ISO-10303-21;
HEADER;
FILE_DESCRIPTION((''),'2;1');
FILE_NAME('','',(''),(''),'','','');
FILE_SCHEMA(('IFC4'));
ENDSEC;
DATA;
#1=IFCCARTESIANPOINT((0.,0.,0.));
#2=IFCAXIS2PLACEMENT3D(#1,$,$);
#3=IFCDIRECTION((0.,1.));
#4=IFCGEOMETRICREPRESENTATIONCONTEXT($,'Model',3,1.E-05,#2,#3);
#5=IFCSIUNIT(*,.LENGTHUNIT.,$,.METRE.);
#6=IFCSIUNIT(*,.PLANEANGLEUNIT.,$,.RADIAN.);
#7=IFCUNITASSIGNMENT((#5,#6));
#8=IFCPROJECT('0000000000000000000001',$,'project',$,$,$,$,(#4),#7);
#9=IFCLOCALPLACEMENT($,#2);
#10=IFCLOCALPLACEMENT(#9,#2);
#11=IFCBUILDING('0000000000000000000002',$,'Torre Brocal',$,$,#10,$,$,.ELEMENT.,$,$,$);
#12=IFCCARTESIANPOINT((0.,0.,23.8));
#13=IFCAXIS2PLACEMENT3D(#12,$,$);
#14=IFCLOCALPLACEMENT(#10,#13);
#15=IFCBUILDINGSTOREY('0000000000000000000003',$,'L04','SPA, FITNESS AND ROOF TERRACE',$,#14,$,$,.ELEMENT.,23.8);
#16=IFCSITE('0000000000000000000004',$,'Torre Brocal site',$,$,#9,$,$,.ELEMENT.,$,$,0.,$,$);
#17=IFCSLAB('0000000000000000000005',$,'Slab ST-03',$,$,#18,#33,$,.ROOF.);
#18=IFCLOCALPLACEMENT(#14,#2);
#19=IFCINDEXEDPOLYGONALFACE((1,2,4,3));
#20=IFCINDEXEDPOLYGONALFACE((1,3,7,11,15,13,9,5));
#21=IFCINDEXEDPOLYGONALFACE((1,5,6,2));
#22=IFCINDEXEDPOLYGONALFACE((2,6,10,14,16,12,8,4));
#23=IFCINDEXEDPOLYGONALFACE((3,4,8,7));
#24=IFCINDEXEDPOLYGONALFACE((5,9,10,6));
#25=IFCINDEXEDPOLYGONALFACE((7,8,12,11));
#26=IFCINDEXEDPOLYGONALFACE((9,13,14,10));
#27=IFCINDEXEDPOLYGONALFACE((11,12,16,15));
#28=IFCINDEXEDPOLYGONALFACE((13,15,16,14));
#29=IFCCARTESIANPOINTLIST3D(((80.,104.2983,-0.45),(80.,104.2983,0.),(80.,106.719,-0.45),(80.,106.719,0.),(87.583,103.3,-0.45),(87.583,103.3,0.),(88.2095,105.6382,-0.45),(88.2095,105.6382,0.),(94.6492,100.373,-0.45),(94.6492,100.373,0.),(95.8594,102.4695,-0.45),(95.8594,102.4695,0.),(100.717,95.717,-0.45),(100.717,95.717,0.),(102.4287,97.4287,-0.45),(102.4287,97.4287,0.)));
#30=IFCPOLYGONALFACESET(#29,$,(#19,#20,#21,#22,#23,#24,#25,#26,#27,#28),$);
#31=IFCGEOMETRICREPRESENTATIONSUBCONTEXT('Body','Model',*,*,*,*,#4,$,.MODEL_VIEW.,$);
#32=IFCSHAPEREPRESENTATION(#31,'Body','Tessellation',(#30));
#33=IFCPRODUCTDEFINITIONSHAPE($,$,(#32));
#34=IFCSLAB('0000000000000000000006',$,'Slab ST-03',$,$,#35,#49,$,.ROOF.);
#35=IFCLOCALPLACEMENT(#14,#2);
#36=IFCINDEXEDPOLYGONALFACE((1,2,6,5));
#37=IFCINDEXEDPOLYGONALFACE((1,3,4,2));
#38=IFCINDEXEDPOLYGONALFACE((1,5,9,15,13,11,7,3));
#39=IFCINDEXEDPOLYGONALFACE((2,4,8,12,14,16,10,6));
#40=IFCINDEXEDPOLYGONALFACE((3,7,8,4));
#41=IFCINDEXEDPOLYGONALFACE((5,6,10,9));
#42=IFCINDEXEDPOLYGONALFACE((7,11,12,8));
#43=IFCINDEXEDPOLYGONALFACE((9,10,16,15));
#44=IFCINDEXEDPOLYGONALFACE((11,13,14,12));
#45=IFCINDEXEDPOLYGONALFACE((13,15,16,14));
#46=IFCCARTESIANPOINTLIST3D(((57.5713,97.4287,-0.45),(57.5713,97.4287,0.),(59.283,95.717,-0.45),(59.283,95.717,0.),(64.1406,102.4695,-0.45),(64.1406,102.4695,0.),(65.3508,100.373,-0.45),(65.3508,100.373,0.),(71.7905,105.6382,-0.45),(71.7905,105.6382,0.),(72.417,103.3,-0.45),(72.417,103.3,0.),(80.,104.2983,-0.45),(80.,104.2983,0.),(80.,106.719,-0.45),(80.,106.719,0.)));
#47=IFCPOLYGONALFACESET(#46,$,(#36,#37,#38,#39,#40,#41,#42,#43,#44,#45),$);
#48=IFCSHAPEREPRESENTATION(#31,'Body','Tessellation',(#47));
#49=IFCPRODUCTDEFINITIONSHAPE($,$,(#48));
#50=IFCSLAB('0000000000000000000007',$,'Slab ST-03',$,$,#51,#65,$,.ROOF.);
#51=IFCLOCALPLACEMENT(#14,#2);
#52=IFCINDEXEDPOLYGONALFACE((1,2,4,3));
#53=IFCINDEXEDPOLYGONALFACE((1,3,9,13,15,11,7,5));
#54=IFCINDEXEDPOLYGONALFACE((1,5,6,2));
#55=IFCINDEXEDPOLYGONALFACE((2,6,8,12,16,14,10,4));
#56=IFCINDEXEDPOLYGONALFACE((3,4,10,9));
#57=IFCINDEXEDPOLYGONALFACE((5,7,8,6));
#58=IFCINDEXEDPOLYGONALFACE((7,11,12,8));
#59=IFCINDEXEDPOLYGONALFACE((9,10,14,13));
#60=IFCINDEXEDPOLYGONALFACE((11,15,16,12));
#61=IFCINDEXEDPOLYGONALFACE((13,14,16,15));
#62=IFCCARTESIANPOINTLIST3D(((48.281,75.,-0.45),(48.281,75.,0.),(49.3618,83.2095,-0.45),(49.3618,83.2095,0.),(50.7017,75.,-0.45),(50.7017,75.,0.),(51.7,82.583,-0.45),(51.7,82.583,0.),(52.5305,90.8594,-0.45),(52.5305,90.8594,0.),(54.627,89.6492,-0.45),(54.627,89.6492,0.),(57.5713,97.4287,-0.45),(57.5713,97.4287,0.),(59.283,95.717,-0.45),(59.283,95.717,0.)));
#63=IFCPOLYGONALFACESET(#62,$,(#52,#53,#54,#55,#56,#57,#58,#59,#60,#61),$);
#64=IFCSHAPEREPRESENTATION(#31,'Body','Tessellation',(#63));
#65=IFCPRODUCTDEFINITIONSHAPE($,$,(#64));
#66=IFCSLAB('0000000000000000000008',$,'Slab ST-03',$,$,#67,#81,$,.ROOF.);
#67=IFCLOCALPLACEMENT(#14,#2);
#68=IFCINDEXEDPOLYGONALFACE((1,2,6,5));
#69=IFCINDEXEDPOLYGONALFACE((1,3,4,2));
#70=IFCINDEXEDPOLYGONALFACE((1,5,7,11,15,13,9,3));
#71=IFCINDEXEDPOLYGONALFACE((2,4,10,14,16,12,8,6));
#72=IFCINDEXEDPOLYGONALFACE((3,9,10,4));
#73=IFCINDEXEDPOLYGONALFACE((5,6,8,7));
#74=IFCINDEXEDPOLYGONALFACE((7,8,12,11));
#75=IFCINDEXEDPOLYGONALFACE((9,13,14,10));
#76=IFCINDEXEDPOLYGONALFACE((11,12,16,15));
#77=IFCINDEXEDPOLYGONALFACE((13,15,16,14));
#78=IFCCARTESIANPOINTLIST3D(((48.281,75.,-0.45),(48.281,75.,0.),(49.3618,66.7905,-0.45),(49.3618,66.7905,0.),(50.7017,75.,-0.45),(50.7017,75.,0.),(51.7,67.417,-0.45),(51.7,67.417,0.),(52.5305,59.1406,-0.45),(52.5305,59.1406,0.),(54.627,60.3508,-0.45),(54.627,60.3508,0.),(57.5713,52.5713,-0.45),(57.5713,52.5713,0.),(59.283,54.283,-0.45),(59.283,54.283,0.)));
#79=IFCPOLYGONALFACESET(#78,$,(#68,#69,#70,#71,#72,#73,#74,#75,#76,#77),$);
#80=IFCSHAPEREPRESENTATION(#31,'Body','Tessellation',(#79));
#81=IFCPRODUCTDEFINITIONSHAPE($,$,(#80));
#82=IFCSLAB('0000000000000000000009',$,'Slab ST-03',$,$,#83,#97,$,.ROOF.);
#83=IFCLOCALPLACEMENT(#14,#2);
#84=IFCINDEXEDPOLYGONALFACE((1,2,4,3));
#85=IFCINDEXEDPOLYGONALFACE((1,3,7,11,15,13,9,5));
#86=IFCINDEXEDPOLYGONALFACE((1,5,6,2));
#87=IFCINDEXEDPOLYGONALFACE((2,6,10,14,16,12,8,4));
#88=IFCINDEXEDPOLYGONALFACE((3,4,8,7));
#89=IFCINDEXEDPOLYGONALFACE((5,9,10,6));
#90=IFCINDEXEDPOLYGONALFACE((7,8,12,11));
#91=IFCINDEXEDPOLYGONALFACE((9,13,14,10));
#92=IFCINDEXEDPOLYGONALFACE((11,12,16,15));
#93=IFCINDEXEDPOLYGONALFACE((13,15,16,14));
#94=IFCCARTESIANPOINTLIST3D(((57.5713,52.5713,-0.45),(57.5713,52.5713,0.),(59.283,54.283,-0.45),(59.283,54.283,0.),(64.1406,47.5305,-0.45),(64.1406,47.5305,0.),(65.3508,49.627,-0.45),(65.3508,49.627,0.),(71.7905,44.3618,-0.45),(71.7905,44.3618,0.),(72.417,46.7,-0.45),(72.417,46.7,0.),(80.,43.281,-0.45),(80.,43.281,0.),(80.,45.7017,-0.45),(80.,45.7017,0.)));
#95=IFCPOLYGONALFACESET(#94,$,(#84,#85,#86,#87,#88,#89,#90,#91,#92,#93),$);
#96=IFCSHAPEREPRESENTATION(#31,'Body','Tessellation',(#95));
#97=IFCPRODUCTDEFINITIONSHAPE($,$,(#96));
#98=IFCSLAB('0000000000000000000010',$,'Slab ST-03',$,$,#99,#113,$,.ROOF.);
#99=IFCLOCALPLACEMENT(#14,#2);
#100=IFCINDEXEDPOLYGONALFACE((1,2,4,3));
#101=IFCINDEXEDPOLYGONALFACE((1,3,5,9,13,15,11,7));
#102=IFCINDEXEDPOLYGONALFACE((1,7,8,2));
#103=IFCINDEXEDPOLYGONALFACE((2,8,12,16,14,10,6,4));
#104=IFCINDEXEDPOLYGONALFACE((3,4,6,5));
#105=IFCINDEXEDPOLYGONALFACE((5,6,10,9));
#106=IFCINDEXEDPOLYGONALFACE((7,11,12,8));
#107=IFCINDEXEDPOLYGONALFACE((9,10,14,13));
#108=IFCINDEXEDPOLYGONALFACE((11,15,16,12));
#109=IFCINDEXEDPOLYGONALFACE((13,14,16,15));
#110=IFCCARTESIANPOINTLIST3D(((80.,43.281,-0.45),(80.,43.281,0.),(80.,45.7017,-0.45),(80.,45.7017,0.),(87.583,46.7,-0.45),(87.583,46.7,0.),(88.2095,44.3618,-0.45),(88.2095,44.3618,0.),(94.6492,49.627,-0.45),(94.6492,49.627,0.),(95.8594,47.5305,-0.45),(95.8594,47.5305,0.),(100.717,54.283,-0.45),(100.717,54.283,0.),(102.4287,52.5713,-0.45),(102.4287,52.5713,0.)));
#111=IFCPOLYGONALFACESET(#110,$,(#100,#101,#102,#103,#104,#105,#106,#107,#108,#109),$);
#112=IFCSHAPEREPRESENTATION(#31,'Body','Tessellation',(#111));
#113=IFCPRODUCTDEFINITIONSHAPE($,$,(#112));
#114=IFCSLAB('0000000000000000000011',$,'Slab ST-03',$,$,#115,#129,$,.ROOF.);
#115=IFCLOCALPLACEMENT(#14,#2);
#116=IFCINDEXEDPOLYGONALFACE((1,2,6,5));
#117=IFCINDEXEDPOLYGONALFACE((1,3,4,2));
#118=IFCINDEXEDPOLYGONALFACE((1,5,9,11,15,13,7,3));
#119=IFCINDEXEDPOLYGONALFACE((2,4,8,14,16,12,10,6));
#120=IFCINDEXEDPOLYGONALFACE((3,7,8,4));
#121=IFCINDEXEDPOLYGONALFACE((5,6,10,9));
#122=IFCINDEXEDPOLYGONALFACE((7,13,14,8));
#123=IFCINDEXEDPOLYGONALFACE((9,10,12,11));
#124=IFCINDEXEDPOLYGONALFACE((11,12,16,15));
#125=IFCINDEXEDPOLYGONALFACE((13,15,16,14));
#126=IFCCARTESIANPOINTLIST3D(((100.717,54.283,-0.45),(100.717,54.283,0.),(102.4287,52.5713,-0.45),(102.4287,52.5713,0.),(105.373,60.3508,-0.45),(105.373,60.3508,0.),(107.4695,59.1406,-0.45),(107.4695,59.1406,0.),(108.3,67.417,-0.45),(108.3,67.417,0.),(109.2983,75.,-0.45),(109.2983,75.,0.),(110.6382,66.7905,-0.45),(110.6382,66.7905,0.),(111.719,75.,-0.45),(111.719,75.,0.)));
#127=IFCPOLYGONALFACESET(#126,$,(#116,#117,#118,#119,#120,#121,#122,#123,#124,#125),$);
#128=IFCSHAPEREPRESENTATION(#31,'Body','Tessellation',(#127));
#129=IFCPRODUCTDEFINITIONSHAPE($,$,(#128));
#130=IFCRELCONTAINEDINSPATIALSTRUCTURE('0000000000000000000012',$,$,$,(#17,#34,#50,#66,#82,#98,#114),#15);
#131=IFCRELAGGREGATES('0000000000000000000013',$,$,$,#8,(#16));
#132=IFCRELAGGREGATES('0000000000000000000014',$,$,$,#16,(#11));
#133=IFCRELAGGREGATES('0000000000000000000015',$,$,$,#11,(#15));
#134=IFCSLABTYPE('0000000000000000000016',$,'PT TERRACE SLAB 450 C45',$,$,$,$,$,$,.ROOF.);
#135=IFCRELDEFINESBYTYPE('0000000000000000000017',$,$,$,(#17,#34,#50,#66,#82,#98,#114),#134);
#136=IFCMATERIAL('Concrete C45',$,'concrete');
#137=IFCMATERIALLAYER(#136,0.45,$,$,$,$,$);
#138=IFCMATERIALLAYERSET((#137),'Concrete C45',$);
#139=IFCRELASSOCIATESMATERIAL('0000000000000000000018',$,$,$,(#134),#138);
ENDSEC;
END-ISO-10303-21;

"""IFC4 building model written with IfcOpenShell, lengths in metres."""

from ifc_helpers import new_model, si_unit, direction, frame, origin, place, context, subcontext, project, spatial, polyline, outline, extrude, material, layer, layer_set, type_object, element, save


model = new_model("IFC4")

# Units and contexts
model_context = context("Model", 3, precision=1e-05, world=origin(), true_north=direction((0.0, 1.0)))
body_context = subcontext(model_context, "Body", "Model", "MODEL_VIEW")
ifc_project = project(units=[si_unit("LENGTHUNIT", "METRE"), si_unit("PLANEANGLEUNIT", "RADIAN")], contexts=[model_context])

# Site, building, storey
site_placement = place(None, origin())
site = spatial("IfcSite", under=ifc_project, at=site_placement, Name="Torre Brocal site", CompositionType="ELEMENT", RefElevation=0.0)
building_placement = place(site_placement, origin())
building = spatial("IfcBuilding", under=site, at=building_placement, Name="Torre Brocal", CompositionType="ELEMENT")
storey_placement = place(building_placement, frame((0.0, 0.0, 23.8)))
storey = spatial("IfcBuildingStorey", under=building, at=storey_placement, Name="L04", Description="SPA, FITNESS AND ROOF TERRACE", CompositionType="ELEMENT", Elevation=23.8)

# Slabs
ifc_material_1 = material(Name="Concrete C45", Category="concrete")
ifc_layer_1 = layer(ifc_material_1, 0.45)
ifc_layer_set_1 = layer_set([ifc_layer_1], Name="Concrete C45")
slab_type_1 = type_object("IfcSlabType", Name="PT TERRACE SLAB 450 C45", PredefinedType="ROOF", material=ifc_layer_set_1)
slab_1_placement = place(storey_placement, frame((0.0, 0.0, -0.45)))
element("IfcSlab", 1, at=slab_1_placement, inside=storey, type_object=slab_type_1, Name="Slab ST-03", PredefinedType="ROOF", context=body_context, shape_type="SweptSolid", body=[
    extrude(outline(polyline([(94.6492, 100.373), (87.583, 103.3), (80.0, 104.2983), (80.0, 106.719), (88.2095, 105.6382), (95.8594, 102.4695), (102.4287, 97.4287), (100.717, 95.717), (94.6492, 100.373)])), origin(), (0.0, 0.0, 1.0), 0.45),
])
slab_2_placement = place(storey_placement, frame((0.0, 0.0, -0.45)))
element("IfcSlab", 2, at=slab_2_placement, inside=storey, type_object=slab_type_1, Name="Slab ST-03", PredefinedType="ROOF", context=body_context, shape_type="SweptSolid", body=[
    extrude(outline(polyline([(72.417, 103.3), (65.3508, 100.373), (59.283, 95.717), (57.5713, 97.4287), (64.1406, 102.4695), (71.7905, 105.6382), (80.0, 106.719), (80.0, 104.2983), (72.417, 103.3)])), origin(), (0.0, 0.0, 1.0), 0.45),
])
slab_3_placement = place(storey_placement, frame((0.0, 0.0, -0.45)))
element("IfcSlab", 3, at=slab_3_placement, inside=storey, type_object=slab_type_1, Name="Slab ST-03", PredefinedType="ROOF", context=body_context, shape_type="SweptSolid", body=[
    extrude(outline(polyline([(54.627, 89.6492), (51.7, 82.583), (50.7017, 75.0), (48.281, 75.0), (49.3618, 83.2095), (52.5305, 90.8594), (57.5713, 97.4287), (59.283, 95.717), (54.627, 89.6492)])), origin(), (0.0, 0.0, 1.0), 0.45),
])
slab_4_placement = place(storey_placement, frame((0.0, 0.0, -0.45)))
element("IfcSlab", 4, at=slab_4_placement, inside=storey, type_object=slab_type_1, Name="Slab ST-03", PredefinedType="ROOF", context=body_context, shape_type="SweptSolid", body=[
    extrude(outline(polyline([(51.7, 67.417), (54.627, 60.3508), (59.283, 54.283), (57.5713, 52.5713), (52.5305, 59.1406), (49.3618, 66.7905), (48.281, 75.0), (50.7017, 75.0), (51.7, 67.417)])), origin(), (0.0, 0.0, 1.0), 0.45),
])
slab_5_placement = place(storey_placement, frame((0.0, 0.0, -0.45)))
element("IfcSlab", 5, at=slab_5_placement, inside=storey, type_object=slab_type_1, Name="Slab ST-03", PredefinedType="ROOF", context=body_context, shape_type="SweptSolid", body=[
    extrude(outline(polyline([(65.3508, 49.627), (72.417, 46.7), (80.0, 45.7017), (80.0, 43.281), (71.7905, 44.3618), (64.1406, 47.5305), (57.5713, 52.5713), (59.283, 54.283), (65.3508, 49.627)])), origin(), (0.0, 0.0, 1.0), 0.45),
])
slab_6_placement = place(storey_placement, frame((0.0, 0.0, -0.45)))
element("IfcSlab", 6, at=slab_6_placement, inside=storey, type_object=slab_type_1, Name="Slab ST-03", PredefinedType="ROOF", context=body_context, shape_type="SweptSolid", body=[
    extrude(outline(polyline([(87.583, 46.7), (94.6492, 49.627), (100.717, 54.283), (102.4287, 52.5713), (95.8594, 47.5305), (88.2095, 44.3618), (80.0, 43.281), (80.0, 45.7017), (87.583, 46.7)])), origin(), (0.0, 0.0, 1.0), 0.45),
])
slab_7_placement = place(storey_placement, frame((0.0, 0.0, -0.45)))
element("IfcSlab", 7, at=slab_7_placement, inside=storey, type_object=slab_type_1, Name="Slab ST-03", PredefinedType="ROOF", context=body_context, shape_type="SweptSolid", body=[
    extrude(outline(polyline([(105.373, 60.3508), (108.3, 67.417), (109.2983, 75.0), (111.719, 75.0), (110.6382, 66.7905), (107.4695, 59.1406), (102.4287, 52.5713), (100.717, 54.283), (105.373, 60.3508)])), origin(), (0.0, 0.0, 1.0), 0.45),
])

save(model, "model.ifc")
